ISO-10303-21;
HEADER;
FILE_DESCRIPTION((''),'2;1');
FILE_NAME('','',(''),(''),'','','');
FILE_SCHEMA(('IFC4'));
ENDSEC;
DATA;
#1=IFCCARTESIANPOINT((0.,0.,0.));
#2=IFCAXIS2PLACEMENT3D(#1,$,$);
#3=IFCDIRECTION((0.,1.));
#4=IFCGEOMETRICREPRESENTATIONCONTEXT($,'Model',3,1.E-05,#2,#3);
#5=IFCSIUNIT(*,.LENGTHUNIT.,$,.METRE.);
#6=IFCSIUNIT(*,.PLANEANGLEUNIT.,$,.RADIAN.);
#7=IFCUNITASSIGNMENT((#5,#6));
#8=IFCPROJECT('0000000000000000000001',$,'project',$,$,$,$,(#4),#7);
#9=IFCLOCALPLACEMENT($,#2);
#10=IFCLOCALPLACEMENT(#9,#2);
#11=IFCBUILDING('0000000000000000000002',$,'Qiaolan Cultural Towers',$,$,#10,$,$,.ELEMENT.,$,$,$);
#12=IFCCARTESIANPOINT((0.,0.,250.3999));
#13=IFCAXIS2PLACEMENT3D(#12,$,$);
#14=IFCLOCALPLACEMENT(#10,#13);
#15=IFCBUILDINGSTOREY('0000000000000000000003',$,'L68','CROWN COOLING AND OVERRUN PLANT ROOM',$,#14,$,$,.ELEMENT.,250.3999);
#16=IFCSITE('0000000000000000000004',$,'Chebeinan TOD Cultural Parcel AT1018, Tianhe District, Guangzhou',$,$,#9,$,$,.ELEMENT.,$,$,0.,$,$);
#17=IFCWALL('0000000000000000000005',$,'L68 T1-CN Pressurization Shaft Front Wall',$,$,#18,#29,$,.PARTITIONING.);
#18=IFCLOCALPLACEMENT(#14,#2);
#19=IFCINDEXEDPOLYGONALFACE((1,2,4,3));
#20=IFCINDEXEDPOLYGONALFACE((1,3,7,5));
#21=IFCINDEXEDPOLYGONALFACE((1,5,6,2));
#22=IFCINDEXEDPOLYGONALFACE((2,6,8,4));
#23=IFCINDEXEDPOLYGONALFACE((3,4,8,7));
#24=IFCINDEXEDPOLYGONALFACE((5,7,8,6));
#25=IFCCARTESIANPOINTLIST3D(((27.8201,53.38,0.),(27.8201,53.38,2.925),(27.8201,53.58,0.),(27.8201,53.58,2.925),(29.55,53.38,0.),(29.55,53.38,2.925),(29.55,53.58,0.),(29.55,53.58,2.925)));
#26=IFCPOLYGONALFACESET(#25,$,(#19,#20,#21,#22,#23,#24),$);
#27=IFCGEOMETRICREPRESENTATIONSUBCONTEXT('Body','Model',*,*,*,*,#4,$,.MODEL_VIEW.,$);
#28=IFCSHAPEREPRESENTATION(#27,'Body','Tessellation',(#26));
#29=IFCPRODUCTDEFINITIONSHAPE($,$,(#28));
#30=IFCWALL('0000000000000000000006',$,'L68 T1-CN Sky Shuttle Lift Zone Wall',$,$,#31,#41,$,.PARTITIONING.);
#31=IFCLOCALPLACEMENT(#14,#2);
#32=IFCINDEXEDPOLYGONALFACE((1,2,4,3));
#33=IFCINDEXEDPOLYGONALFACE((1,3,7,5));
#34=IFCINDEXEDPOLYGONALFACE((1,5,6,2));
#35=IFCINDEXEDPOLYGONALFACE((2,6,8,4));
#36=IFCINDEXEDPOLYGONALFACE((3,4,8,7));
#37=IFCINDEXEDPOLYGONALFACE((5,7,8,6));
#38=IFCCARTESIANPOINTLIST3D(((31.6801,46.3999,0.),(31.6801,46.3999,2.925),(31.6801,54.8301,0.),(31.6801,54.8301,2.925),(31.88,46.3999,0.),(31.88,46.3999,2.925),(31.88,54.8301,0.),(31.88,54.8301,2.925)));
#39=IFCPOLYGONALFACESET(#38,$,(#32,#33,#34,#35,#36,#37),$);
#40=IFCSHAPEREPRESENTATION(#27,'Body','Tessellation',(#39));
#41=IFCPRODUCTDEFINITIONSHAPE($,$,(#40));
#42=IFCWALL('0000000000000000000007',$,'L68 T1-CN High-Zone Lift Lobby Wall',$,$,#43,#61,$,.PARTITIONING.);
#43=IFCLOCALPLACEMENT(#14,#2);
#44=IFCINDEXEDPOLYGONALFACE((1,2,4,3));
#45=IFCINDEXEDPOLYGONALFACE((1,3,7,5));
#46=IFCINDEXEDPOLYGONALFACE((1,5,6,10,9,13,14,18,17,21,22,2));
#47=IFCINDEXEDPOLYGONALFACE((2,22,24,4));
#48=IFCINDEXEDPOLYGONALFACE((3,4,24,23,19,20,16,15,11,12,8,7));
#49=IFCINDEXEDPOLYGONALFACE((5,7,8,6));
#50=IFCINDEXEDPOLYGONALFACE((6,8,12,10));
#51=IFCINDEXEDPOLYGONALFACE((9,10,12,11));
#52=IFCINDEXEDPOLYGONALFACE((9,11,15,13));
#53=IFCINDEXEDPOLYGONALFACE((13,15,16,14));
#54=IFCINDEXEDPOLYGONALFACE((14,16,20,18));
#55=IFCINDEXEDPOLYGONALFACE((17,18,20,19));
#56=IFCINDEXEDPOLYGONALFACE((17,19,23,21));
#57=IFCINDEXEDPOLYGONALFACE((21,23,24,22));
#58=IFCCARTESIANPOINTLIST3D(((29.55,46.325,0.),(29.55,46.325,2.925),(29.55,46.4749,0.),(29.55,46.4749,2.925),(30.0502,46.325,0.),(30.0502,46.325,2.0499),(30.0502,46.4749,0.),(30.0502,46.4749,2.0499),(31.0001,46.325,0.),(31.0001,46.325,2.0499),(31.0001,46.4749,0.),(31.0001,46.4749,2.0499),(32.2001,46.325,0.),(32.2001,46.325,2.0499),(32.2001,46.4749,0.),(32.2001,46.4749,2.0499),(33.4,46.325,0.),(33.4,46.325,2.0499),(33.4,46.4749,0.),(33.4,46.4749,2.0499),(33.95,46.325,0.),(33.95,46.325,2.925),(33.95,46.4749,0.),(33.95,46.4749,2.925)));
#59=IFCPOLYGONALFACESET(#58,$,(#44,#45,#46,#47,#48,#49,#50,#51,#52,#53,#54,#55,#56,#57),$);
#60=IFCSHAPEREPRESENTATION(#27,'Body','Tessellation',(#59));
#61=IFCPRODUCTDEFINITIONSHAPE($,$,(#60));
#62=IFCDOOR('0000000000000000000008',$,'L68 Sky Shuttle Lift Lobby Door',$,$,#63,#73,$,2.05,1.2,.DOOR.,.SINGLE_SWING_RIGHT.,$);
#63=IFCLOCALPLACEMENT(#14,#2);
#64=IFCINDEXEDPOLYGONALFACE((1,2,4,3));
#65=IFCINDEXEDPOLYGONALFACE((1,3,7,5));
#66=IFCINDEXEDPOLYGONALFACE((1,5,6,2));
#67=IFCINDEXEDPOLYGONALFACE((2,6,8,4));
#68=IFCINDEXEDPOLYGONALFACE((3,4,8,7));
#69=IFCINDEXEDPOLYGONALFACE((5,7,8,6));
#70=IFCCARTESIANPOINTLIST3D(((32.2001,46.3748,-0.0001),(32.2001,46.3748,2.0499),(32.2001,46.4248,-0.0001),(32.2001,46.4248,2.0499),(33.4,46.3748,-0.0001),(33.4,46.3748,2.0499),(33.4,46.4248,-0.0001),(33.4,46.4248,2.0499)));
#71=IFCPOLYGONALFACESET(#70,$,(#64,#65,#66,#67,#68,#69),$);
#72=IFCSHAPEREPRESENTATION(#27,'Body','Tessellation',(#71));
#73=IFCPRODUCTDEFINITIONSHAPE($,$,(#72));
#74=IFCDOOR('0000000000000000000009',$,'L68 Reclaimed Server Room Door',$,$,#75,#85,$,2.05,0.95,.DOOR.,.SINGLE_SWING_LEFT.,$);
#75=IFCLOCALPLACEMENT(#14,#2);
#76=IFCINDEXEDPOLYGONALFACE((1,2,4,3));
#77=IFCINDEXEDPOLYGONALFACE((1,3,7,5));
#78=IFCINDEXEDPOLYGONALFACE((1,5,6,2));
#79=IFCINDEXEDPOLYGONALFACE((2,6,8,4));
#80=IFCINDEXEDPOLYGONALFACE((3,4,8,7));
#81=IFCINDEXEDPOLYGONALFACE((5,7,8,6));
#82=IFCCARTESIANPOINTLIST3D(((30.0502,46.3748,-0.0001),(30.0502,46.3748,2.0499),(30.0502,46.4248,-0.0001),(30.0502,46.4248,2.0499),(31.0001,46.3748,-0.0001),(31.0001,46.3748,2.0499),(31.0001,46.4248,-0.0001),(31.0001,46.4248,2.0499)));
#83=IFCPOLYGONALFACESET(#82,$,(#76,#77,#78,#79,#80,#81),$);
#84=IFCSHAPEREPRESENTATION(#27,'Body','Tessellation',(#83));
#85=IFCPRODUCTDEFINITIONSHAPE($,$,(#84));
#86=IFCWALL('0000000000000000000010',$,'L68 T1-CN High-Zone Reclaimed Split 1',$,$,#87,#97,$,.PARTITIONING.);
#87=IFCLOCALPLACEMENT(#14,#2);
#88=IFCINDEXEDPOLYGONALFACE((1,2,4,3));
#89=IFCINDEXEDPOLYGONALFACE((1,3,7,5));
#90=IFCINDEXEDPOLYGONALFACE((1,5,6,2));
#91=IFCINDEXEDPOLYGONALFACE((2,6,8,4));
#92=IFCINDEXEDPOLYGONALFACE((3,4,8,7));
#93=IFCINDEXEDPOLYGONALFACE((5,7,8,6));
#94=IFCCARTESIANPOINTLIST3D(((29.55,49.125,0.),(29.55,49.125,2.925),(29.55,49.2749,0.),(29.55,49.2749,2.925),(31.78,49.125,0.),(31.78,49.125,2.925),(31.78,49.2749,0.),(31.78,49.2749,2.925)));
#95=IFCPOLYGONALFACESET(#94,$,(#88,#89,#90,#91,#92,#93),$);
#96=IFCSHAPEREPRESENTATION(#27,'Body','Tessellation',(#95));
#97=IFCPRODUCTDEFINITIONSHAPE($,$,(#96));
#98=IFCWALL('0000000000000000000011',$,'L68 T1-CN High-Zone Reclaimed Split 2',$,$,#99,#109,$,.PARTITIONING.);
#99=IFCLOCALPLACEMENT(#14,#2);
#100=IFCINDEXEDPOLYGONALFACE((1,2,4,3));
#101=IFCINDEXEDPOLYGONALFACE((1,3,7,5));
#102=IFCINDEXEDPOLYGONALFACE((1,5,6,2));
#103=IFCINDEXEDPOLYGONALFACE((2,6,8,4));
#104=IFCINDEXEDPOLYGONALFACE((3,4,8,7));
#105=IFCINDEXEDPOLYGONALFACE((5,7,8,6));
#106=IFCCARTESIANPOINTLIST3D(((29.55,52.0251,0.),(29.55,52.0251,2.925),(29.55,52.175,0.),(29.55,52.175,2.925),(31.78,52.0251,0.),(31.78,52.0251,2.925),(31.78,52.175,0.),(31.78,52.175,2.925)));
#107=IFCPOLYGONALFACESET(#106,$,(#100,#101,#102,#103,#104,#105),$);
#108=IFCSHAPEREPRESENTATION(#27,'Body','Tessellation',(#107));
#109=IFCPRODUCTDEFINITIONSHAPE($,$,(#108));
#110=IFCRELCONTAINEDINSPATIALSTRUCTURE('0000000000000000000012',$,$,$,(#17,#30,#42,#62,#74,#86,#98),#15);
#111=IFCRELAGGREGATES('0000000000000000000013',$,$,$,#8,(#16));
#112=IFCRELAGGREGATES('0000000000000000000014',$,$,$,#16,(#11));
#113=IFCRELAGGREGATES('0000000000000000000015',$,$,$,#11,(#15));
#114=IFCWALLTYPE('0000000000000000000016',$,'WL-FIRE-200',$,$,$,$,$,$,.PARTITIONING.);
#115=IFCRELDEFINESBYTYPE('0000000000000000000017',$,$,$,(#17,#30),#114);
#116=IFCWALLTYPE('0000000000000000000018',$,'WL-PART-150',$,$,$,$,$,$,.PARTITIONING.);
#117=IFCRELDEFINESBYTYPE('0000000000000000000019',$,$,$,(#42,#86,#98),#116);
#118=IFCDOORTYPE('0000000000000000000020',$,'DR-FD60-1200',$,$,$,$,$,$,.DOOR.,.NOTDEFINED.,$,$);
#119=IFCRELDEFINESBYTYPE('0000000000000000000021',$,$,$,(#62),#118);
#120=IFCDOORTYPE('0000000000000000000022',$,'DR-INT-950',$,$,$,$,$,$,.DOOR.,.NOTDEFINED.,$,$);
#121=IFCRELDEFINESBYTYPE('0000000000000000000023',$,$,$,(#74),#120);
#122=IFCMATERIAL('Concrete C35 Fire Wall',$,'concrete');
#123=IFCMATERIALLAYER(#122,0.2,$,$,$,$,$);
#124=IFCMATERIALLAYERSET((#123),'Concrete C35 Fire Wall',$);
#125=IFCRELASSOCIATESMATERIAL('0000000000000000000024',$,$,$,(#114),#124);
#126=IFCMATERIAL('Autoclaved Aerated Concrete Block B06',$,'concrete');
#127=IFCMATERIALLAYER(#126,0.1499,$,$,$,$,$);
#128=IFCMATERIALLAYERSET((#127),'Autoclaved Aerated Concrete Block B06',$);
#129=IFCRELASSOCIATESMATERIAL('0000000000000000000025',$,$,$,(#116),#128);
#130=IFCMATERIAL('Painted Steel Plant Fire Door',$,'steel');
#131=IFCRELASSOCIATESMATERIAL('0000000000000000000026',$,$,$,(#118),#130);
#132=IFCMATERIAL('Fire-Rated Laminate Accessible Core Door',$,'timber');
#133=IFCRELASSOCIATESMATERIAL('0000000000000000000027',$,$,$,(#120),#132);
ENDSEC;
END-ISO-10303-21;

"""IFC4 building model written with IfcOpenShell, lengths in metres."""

from ifc_helpers import new_model, si_unit, direction, frame, frame_2d, origin, place, context, subcontext, project, spatial, rectangle, extrude, material, layer, layer_set, type_object, element, fill, save


model = new_model("IFC4")

# Units and contexts
model_context = context("Model", 3, precision=1e-05, world=origin(), true_north=direction((0.0, 1.0)))
body_context = subcontext(model_context, "Body", "Model", "MODEL_VIEW")
ifc_project = project(units=[si_unit("LENGTHUNIT", "METRE"), si_unit("PLANEANGLEUNIT", "RADIAN")], contexts=[model_context])

# Site, building, storey
site_placement = place(None, origin())
site = spatial("IfcSite", under=ifc_project, at=site_placement, Name="Chebeinan TOD Cultural Parcel AT1018, Tianhe District, Guangzhou", CompositionType="ELEMENT", RefElevation=0.0)
building_placement = place(site_placement, origin())
building = spatial("IfcBuilding", under=site, at=building_placement, Name="Qiaolan Cultural Towers", CompositionType="ELEMENT")
storey_placement = place(building_placement, frame((0.0, 0.0, 250.3999)))
storey = spatial("IfcBuildingStorey", under=building, at=storey_placement, Name="L68", Description="CROWN COOLING AND OVERRUN PLANT ROOM", CompositionType="ELEMENT", Elevation=250.3999)

# Shared definitions
ifc_material_1 = material(Name="Concrete C35 Fire Wall", Category="concrete")
ifc_layer_1 = layer(ifc_material_1, 0.2)
ifc_layer_set_1 = layer_set([ifc_layer_1], Name="Concrete C35 Fire Wall")
wall_type_1 = type_object("IfcWallType", Name="WL-FIRE-200", PredefinedType="PARTITIONING", material=ifc_layer_set_1)

# Walls
wall_1_placement = place(storey_placement, frame((27.8201, 53.48, 0.0), z_axis=(0.0, 0.0, 1.0), x_axis=(1.0, 0.0, 0.0)))
element("IfcWall", 1, at=wall_1_placement, inside=storey, type_object=wall_type_1, Name="L68 T1-CN Pressurization Shaft Front Wall", PredefinedType="PARTITIONING", context=body_context, shape_type="SweptSolid", body=[
    extrude(rectangle(XDim=1.73, YDim=0.2, at=frame_2d((0.865, 0.0))), origin(), (0.0, 0.0, 1.0), 2.925),
])
wall_2_placement = place(storey_placement, frame((31.78, 46.3999, 0.0), z_axis=(0.0, 0.0, 1.0), x_axis=(0.0, 1.0, 0.0)))
element("IfcWall", 2, at=wall_2_placement, inside=storey, type_object=wall_type_1, Name="L68 T1-CN Sky Shuttle Lift Zone Wall", PredefinedType="PARTITIONING", context=body_context, shape_type="SweptSolid", body=[
    extrude(rectangle(XDim=8.4302, YDim=0.2, at=frame_2d((4.2151, 0.0))), origin(), (0.0, 0.0, 1.0), 2.925),
])

# Wall, openings, doors
ifc_material_2 = material(Name="Autoclaved Aerated Concrete Block B06", Category="concrete")
ifc_layer_2 = layer(ifc_material_2, 0.1499)
ifc_layer_set_2 = layer_set([ifc_layer_2], Name="Autoclaved Aerated Concrete Block B06")
wall_type_2 = type_object("IfcWallType", Name="WL-PART-150", PredefinedType="PARTITIONING", material=ifc_layer_set_2)
wall_3_placement = place(storey_placement, frame((29.55, 46.3999, 0.0), z_axis=(0.0, 0.0, 1.0), x_axis=(1.0, 0.0, 0.0)))
wall_3 = element("IfcWall", 3, at=wall_3_placement, inside=storey, type_object=wall_type_2, Name="L68 T1-CN High-Zone Lift Lobby Wall", PredefinedType="PARTITIONING", context=body_context, shape_type="SweptSolid", body=[
    extrude(rectangle(XDim=4.3999, YDim=0.1499, at=frame_2d((2.2, 0.0))), origin(), (0.0, 0.0, 1.0), 2.925),
])
opening_1_placement = place(wall_3_placement, frame((0.5, 0.0, 0.0)))
opening_1 = element("IfcOpeningElement", 4, at=opening_1_placement, cuts=wall_3, PredefinedType="OPENING", context=body_context, shape_type="SweptSolid", body=[
    extrude(rectangle(XDim=0.95, YDim=2.05, at=frame_2d((0.4751, 1.0249))), frame((0.0, 0.085, 0.0), z_axis=(0.0, -1.0, 0.0), x_axis=(1.0, 0.0, 0.0)), (0.0, 0.0, 1.0), 0.1699),
])
opening_2_placement = place(wall_3_placement, frame((2.6499, 0.0, 0.0)))
opening_2 = element("IfcOpeningElement", 5, at=opening_2_placement, cuts=wall_3, PredefinedType="OPENING", context=body_context, shape_type="SweptSolid", body=[
    extrude(rectangle(XDim=1.2, YDim=2.05, at=frame_2d((0.6001, 1.0249))), frame((0.0, 0.085, 0.0), z_axis=(0.0, -1.0, 0.0), x_axis=(1.0, 0.0, 0.0)), (0.0, 0.0, 1.0), 0.1699),
])
ifc_material_3 = material(Name="Painted Steel Plant Fire Door", Category="steel")
door_type_1 = type_object("IfcDoorType", Name="DR-FD60-1200", OperationType="NOTDEFINED", PredefinedType="DOOR", material=ifc_material_3)
door_1_placement = place(opening_2_placement, origin())
door_1 = element("IfcDoor", 6, at=door_1_placement, inside=storey, type_object=door_type_1, Name="L68 Sky Shuttle Lift Lobby Door", OperationType="SINGLE_SWING_RIGHT", OverallHeight=2.05, OverallWidth=1.2, PredefinedType="DOOR", context=body_context, shape_type="SweptSolid", body=[
    extrude(rectangle(XDim=1.2, YDim=2.05, at=frame_2d((0.6001, 1.0249))), frame((0.0, 0.0249, 0.0), z_axis=(0.0, -1.0, 0.0), x_axis=(1.0, 0.0, 0.0)), (0.0, 0.0, 1.0), 0.05),
])
fill(opening_2, door_1)
ifc_material_4 = material(Name="Fire-Rated Laminate Accessible Core Door", Category="timber")
door_type_2 = type_object("IfcDoorType", Name="DR-INT-950", OperationType="NOTDEFINED", PredefinedType="DOOR", material=ifc_material_4)
door_2_placement = place(opening_1_placement, origin())
door_2 = element("IfcDoor", 7, at=door_2_placement, inside=storey, type_object=door_type_2, Name="L68 Reclaimed Server Room Door", OperationType="SINGLE_SWING_LEFT", OverallHeight=2.05, OverallWidth=0.95, PredefinedType="DOOR", context=body_context, shape_type="SweptSolid", body=[
    extrude(rectangle(XDim=0.95, YDim=2.05, at=frame_2d((0.4751, 1.0249))), frame((0.0, 0.0249, 0.0), z_axis=(0.0, -1.0, 0.0), x_axis=(1.0, 0.0, 0.0)), (0.0, 0.0, 1.0), 0.05),
])
fill(opening_1, door_2)

# Walls
for number, where, z_axis, x_axis, name in (
    (8, (29.55, 49.2, 0.0), (0.0, 0.0, 1.0), (1.0, 0.0, 0.0), "L68 T1-CN High-Zone Reclaimed Split 1"),
    (9, (29.55, 52.1001, 0.0), (0.0, 0.0, 1.0), (1.0, 0.0, 0.0), "L68 T1-CN High-Zone Reclaimed Split 2"),
):
    element("IfcWall", number, at=place(storey_placement, frame(where, z_axis=z_axis, x_axis=x_axis)), inside=storey, type_object=wall_type_2, Name=name, PredefinedType="PARTITIONING", context=body_context, shape_type="SweptSolid", body=[
        extrude(rectangle(XDim=2.23, YDim=0.1499, at=frame_2d((1.115, 0.0))), origin(), (0.0, 0.0, 1.0), 2.925),
    ])

save(model, "model.ifc")
